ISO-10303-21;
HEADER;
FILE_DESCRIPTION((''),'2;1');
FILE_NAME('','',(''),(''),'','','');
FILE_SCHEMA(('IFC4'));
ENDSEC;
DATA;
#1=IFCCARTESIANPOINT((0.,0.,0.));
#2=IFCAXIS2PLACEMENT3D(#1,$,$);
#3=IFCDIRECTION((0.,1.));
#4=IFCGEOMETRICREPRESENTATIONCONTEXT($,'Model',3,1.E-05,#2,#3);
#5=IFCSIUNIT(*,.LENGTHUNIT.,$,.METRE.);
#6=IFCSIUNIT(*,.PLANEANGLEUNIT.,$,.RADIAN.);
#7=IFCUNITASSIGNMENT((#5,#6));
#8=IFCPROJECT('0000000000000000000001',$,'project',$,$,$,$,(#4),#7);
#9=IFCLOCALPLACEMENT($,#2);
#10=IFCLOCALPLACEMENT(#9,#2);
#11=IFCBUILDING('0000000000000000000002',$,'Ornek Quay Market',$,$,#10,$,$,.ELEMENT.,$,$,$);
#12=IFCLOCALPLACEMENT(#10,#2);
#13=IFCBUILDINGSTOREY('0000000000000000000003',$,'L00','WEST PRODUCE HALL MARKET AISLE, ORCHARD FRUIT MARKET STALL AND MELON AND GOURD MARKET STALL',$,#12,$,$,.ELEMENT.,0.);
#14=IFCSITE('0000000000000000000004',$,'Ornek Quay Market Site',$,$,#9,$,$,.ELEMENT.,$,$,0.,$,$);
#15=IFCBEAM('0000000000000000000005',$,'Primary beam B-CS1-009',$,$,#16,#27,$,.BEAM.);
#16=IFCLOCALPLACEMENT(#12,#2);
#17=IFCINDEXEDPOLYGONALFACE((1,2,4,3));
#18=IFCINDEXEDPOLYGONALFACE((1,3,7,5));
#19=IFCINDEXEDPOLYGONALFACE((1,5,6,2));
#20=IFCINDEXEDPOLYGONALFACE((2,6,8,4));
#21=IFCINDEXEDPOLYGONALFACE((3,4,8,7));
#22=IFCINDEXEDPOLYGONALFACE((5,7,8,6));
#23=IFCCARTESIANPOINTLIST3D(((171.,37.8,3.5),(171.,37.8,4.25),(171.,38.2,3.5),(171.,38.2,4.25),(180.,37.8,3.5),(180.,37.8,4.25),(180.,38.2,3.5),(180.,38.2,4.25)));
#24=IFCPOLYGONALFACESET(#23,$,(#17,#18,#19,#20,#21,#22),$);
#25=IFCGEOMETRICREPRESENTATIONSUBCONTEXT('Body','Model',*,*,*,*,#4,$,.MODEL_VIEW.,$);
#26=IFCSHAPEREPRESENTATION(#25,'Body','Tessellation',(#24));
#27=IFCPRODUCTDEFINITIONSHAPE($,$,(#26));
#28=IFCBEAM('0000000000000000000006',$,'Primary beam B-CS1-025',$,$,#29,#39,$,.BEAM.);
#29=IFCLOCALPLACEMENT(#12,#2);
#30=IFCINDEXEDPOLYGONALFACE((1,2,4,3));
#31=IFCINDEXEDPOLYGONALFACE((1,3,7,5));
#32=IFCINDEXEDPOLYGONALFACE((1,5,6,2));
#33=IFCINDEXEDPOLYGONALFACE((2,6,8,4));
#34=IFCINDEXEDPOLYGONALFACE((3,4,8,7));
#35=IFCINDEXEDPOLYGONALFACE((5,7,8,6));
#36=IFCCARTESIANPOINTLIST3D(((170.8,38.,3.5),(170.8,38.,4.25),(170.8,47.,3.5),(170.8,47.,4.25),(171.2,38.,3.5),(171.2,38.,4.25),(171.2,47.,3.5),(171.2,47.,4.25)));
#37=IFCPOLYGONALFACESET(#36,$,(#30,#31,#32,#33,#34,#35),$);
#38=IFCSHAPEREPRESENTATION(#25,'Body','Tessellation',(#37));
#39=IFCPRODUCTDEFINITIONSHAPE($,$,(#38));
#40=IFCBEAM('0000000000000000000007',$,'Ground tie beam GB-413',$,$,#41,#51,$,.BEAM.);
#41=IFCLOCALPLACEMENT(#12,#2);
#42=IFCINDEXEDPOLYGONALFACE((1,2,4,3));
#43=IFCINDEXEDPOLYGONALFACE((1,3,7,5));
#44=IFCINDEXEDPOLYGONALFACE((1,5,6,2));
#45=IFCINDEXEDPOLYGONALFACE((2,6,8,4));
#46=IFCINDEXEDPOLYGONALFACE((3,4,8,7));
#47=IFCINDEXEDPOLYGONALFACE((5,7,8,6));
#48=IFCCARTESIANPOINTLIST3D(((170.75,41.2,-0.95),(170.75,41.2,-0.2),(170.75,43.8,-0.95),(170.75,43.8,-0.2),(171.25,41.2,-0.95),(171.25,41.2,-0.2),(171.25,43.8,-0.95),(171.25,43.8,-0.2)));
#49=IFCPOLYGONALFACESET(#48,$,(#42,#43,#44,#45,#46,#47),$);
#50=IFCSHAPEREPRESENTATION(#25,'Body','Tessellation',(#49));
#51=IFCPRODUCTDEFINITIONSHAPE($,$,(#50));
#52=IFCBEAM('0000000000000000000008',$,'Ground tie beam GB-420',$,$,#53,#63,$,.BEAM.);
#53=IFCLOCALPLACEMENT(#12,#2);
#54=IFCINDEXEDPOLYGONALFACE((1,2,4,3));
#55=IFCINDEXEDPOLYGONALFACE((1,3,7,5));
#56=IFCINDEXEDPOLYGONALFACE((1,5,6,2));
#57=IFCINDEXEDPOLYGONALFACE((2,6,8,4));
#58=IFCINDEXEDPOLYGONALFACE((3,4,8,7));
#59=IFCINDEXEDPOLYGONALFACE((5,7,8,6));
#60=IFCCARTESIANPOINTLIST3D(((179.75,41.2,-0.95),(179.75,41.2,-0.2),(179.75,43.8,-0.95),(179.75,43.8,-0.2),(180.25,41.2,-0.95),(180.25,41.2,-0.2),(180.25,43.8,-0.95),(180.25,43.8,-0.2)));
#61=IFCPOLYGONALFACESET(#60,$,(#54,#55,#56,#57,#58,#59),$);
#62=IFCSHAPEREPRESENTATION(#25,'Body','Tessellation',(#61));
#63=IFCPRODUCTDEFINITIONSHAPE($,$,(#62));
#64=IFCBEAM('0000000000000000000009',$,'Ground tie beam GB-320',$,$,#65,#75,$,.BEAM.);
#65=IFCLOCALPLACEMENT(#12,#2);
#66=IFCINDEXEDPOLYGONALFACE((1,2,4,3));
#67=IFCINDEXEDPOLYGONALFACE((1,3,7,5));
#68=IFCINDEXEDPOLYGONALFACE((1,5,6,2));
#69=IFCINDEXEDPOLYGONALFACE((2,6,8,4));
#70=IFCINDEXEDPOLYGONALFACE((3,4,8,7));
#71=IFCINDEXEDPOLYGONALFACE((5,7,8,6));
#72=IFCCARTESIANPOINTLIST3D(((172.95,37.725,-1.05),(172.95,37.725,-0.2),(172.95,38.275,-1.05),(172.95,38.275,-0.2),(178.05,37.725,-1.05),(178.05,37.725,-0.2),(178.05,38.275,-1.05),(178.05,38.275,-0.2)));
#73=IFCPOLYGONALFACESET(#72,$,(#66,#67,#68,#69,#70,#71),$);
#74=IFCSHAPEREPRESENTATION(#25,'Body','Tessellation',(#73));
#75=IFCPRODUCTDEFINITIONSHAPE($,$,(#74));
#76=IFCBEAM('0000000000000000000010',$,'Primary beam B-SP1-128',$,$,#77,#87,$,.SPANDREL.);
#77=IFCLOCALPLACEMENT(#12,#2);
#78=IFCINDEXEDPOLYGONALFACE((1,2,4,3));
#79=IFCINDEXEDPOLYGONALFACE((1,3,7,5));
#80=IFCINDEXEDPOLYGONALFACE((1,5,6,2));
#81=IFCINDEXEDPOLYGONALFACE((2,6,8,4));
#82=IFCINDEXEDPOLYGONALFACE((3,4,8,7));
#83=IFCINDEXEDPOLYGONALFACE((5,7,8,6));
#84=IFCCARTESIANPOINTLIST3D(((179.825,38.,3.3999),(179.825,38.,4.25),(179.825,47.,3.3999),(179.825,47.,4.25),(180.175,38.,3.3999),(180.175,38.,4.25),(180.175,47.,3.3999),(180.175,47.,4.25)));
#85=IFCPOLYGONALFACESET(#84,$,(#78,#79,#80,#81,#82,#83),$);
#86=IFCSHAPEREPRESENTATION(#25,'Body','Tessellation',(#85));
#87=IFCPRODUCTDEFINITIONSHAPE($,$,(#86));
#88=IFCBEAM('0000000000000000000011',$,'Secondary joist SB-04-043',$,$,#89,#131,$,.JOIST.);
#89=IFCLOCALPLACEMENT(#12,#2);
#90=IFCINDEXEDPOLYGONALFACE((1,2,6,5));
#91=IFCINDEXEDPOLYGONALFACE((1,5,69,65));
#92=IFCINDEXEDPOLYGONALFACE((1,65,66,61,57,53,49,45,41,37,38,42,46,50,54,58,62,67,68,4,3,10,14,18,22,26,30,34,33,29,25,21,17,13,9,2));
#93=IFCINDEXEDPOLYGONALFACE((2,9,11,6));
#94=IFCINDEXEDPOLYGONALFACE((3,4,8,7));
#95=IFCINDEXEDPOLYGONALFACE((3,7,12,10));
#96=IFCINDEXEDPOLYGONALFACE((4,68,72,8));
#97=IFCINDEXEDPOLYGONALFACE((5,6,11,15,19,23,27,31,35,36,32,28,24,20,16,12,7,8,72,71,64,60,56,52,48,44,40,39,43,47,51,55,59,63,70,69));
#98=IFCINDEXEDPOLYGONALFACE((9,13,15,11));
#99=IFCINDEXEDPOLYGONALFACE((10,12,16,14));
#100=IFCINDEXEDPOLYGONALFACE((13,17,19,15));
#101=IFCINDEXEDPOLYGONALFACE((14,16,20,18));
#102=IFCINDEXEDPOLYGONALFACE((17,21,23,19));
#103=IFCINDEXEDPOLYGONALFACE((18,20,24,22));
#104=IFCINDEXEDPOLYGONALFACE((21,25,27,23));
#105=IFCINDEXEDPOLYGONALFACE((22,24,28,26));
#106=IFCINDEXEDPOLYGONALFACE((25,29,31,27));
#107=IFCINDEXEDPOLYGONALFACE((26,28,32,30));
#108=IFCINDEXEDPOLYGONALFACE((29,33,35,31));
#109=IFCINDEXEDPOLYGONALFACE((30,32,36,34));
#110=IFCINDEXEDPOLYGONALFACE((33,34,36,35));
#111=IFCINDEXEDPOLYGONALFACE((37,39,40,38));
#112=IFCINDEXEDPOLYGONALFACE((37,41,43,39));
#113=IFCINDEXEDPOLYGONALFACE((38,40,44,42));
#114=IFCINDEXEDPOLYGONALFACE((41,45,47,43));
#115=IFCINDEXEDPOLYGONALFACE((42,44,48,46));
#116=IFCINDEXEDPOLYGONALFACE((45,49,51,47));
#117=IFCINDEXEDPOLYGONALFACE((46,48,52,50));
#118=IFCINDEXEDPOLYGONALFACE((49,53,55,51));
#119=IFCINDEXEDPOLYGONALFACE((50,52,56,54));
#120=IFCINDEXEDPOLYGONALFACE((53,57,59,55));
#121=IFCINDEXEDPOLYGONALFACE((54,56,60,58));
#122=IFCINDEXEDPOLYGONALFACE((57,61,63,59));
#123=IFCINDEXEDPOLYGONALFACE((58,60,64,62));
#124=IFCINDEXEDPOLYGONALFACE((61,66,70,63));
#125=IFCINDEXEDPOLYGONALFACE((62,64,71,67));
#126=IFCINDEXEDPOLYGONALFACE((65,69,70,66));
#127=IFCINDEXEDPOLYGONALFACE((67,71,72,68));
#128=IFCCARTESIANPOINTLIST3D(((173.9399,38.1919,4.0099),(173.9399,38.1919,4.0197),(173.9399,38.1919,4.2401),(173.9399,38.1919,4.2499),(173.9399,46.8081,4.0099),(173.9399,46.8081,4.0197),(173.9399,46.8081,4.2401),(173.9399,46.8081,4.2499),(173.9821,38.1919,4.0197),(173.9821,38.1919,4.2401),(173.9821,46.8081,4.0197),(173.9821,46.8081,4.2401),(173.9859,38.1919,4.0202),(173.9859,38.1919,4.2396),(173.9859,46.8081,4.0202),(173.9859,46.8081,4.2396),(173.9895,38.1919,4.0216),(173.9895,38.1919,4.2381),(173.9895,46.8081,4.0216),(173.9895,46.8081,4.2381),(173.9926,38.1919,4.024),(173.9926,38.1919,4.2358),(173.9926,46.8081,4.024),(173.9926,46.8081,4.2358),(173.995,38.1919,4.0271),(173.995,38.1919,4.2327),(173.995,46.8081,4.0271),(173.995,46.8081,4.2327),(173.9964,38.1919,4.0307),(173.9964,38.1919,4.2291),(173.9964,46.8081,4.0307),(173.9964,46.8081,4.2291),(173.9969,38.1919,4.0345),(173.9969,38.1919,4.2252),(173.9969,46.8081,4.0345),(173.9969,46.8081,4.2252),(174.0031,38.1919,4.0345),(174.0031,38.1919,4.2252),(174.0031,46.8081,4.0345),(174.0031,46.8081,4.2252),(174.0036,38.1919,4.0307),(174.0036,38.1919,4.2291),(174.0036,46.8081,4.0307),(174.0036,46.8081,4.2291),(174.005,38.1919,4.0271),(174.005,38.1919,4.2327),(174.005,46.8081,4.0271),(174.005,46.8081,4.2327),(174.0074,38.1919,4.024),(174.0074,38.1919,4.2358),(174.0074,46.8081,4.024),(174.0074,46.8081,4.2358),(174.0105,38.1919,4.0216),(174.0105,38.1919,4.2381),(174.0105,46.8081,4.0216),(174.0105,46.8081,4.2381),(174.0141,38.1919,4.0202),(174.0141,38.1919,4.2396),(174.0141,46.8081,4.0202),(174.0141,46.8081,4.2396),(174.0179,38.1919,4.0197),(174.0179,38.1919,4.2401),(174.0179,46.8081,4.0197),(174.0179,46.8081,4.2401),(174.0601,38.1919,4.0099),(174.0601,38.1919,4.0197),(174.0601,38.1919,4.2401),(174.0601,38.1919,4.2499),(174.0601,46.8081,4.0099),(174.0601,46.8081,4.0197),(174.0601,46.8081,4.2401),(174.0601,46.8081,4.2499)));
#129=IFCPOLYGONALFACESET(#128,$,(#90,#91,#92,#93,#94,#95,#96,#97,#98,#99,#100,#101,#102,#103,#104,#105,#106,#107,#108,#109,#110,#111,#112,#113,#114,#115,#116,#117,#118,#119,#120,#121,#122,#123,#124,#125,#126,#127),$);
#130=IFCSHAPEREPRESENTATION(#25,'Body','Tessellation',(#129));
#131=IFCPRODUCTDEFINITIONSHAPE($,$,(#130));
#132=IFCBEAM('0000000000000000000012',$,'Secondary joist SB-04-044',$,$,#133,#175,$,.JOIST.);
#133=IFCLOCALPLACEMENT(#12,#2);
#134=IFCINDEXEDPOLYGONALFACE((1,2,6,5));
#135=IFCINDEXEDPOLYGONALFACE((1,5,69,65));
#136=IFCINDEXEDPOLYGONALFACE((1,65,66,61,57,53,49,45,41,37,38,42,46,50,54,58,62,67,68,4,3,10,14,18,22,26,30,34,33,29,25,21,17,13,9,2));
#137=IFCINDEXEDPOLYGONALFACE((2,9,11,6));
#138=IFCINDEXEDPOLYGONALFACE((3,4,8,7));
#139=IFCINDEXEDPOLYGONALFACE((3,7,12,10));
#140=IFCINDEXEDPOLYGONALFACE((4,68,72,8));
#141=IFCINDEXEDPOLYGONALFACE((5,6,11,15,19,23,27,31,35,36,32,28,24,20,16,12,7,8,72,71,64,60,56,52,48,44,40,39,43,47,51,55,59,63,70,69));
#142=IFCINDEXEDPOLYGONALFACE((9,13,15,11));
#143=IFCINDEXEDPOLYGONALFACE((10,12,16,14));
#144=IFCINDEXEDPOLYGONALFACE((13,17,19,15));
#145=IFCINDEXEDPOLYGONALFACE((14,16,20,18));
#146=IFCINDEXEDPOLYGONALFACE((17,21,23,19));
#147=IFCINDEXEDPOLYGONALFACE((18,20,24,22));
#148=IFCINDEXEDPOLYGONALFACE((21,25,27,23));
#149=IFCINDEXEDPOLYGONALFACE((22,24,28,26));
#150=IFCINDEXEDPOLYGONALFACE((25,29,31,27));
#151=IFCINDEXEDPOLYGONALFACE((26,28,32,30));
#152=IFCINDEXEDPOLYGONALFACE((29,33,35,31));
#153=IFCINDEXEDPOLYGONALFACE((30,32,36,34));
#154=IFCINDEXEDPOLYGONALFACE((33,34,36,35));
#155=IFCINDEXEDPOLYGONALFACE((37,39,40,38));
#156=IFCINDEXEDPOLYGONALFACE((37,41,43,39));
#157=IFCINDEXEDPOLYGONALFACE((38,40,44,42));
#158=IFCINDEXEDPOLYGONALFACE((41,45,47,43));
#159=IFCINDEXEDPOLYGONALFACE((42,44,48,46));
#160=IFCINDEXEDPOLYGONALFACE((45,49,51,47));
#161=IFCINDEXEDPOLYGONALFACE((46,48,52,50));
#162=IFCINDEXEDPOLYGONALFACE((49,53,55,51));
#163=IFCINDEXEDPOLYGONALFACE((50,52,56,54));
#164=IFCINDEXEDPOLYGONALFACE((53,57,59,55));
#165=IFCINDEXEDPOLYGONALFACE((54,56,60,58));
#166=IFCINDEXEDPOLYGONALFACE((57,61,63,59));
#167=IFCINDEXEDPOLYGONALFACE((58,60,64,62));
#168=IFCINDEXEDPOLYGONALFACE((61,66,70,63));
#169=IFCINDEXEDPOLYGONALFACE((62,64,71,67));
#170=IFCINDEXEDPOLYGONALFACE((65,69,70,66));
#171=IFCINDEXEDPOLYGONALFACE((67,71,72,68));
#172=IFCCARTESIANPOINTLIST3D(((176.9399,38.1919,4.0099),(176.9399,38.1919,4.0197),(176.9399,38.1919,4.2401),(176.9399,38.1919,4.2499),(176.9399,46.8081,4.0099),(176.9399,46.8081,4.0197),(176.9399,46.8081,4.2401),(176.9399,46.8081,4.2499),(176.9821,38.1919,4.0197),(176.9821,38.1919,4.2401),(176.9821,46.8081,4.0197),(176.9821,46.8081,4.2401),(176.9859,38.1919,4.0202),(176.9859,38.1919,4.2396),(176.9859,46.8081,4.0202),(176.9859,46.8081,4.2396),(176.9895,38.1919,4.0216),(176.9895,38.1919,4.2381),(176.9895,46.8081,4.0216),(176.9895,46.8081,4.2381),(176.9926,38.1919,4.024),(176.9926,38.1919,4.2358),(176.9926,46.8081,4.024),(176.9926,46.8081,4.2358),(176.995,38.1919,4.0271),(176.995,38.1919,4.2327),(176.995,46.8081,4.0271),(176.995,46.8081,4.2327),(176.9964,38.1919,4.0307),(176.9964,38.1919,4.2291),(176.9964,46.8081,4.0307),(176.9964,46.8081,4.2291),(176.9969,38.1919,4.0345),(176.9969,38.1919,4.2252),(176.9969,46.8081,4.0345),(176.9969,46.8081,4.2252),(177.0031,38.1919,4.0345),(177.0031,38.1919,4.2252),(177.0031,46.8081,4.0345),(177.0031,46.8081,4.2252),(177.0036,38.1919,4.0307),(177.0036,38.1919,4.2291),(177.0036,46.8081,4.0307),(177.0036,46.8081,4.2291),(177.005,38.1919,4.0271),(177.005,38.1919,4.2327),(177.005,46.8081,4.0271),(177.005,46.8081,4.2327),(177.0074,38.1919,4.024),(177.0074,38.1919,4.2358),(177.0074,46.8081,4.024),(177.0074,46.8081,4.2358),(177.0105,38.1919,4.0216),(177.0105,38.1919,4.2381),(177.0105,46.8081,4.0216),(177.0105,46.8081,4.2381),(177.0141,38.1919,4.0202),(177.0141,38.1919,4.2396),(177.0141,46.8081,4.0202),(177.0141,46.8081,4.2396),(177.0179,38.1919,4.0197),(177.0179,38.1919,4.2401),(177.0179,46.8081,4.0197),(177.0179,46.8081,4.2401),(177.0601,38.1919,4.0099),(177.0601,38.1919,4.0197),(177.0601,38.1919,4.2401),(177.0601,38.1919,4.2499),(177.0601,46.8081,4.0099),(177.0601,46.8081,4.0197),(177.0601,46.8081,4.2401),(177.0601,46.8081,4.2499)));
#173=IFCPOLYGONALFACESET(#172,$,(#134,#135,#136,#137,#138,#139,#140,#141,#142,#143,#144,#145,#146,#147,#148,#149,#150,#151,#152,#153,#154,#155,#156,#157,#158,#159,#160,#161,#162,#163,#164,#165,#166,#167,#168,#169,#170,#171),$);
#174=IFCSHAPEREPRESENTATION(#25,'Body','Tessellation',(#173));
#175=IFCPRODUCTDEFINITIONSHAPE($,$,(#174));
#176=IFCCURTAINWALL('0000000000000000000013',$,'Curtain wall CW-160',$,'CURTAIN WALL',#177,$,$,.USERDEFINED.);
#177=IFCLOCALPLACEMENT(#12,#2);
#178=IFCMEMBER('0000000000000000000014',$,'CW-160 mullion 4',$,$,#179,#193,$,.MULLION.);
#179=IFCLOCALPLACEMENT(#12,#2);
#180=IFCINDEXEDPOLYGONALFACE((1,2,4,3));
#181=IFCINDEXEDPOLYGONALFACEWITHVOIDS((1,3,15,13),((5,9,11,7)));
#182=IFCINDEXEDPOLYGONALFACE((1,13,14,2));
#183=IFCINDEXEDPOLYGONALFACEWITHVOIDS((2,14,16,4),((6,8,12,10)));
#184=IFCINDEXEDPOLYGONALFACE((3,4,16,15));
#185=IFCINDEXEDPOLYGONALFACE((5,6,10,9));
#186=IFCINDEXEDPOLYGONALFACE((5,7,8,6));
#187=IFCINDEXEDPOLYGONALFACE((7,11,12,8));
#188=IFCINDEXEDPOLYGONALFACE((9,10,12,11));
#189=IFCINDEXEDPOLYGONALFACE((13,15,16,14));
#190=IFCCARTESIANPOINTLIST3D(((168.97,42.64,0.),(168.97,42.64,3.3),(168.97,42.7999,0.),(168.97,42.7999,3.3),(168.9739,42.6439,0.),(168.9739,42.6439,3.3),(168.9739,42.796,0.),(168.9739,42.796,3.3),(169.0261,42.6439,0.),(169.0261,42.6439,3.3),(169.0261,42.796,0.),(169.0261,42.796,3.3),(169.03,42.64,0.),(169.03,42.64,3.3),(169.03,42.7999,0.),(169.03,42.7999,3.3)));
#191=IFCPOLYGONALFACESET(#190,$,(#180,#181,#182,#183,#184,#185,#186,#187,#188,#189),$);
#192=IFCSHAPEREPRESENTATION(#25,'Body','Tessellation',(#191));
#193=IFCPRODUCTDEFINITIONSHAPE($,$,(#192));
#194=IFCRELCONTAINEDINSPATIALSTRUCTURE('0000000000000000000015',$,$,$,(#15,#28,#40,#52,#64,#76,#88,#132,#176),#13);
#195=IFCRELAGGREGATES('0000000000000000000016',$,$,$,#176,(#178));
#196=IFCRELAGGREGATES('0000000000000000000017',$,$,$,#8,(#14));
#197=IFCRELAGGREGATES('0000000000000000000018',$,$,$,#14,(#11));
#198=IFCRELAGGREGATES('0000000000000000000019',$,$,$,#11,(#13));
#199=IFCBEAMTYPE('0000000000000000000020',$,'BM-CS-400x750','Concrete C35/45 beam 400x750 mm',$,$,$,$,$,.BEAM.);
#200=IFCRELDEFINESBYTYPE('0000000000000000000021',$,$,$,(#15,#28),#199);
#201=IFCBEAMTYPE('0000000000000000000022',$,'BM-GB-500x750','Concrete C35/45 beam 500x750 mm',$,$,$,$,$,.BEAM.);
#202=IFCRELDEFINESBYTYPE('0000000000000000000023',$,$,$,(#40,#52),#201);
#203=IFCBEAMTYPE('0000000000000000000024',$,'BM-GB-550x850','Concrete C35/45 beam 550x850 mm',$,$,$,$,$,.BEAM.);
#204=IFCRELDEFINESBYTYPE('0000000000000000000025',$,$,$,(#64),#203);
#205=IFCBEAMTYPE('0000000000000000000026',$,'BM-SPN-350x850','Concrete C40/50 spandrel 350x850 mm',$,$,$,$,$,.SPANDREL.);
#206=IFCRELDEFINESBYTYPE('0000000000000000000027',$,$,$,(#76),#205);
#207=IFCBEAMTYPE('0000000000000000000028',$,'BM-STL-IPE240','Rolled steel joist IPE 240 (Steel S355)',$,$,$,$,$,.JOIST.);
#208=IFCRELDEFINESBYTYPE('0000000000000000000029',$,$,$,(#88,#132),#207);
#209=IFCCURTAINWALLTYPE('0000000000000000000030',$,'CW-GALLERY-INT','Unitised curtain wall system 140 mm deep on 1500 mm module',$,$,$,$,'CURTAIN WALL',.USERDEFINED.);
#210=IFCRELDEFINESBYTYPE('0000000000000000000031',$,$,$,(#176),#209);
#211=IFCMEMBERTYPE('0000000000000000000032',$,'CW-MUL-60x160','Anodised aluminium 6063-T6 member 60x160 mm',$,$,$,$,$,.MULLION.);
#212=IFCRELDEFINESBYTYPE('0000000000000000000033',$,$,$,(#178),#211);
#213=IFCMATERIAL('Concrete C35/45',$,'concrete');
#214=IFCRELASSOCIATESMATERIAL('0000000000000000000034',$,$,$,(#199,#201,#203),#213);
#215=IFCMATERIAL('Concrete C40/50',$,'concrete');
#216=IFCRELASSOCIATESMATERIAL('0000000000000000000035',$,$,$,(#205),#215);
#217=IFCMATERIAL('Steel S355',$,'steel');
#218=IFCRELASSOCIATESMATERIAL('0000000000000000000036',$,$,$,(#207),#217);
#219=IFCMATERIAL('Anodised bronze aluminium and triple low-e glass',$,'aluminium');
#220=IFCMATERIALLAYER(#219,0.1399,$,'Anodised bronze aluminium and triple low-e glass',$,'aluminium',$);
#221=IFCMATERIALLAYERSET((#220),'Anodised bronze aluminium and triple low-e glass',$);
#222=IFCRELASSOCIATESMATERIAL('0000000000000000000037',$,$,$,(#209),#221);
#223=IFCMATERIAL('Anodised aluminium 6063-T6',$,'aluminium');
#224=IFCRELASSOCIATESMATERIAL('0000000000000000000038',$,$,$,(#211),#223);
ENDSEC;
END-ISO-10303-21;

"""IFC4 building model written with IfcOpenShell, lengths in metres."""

from ifc_helpers import new_model, si_unit, direction, frame, origin, origin_2d, place, context, subcontext, project, spatial, rectangle, hollow_rectangle, i_section, extrude, material, layer, layer_set, material_profile, profile_set, type_object, element, aggregate, save


model = new_model("IFC4")

# Units and contexts
model_context = context("Model", 3, precision=1e-05, world=origin(), true_north=direction((0.0, 1.0)))
body_context = subcontext(model_context, "Body", "Model", "MODEL_VIEW")
ifc_project = project(units=[si_unit("LENGTHUNIT", "METRE"), si_unit("PLANEANGLEUNIT", "RADIAN")], contexts=[model_context])

# Site, building, storey
site_placement = place(None, origin())
site = spatial("IfcSite", under=ifc_project, at=site_placement, Name="Ornek Quay Market Site", CompositionType="ELEMENT", RefElevation=0.0)
building_placement = place(site_placement, origin())
building = spatial("IfcBuilding", under=site, at=building_placement, Name="Ornek Quay Market", CompositionType="ELEMENT")
storey_placement = place(building_placement, origin())
storey = spatial("IfcBuildingStorey", under=building, at=storey_placement, Name="L00", Description="WEST PRODUCE HALL MARKET AISLE, ORCHARD FRUIT MARKET STALL AND MELON AND GOURD MARKET STALL", CompositionType="ELEMENT", Elevation=0.0)

# Shared definitions
ifc_material_1 = material(Name="Concrete C35/45", Category="concrete")

# Shared definitions
ifc_material_2 = material(Name="Concrete C40/50", Category="concrete")

# Beams
ifc_material_profile_1 = material_profile(ifc_material_1, rectangle(XDim=0.3999, YDim=0.75, at=origin_2d()), Name="RC 400x750", Category="concrete")
ifc_profile_set_1 = profile_set([ifc_material_profile_1], Name="Concrete C35/45")
beam_type_1 = type_object("IfcBeamType", Name="BM-CS-400x750", Description="Concrete C35/45 beam 400x750 mm", PredefinedType="BEAM", material=ifc_profile_set_1)
for number, where, z_axis, x_axis, name in (
    (1, (171.0, 38.0, 3.875), (1.0, 0.0, 0.0), (0.0, 1.0, 0.0), "Primary beam B-CS1-009"),
    (2, (171.0, 38.0, 3.875), (0.0, 1.0, 0.0), (-1.0, 0.0, 0.0), "Primary beam B-CS1-025"),
):
    element("IfcBeam", number, at=place(storey_placement, frame(where, z_axis=z_axis, x_axis=x_axis)), inside=storey, type_object=beam_type_1, Name=name, PredefinedType="BEAM", context=body_context, shape_type="SweptSolid", body=[
        extrude(rectangle(XDim=0.3999, YDim=0.75, at=origin_2d()), origin(), (0.0, 0.0, 1.0), 9.0),
    ])
ifc_material_profile_2 = material_profile(ifc_material_1, rectangle(XDim=0.5, YDim=0.75, at=origin_2d()), Name="RC 500x750", Category="concrete")
ifc_profile_set_2 = profile_set([ifc_material_profile_2], Name="Concrete C35/45")
beam_type_2 = type_object("IfcBeamType", Name="BM-GB-500x750", Description="Concrete C35/45 beam 500x750 mm", PredefinedType="BEAM", material=ifc_profile_set_2)
for number, where, z_axis, x_axis, name in (
    (3, (171.0, 41.2, -0.575), (0.0, 1.0, 0.0), (-1.0, 0.0, 0.0), "Ground tie beam GB-413"),
    (4, (180.0, 41.2, -0.575), (0.0, 1.0, 0.0), (-1.0, 0.0, 0.0), "Ground tie beam GB-420"),
):
    element("IfcBeam", number, at=place(storey_placement, frame(where, z_axis=z_axis, x_axis=x_axis)), inside=storey, type_object=beam_type_2, Name=name, PredefinedType="BEAM", context=body_context, shape_type="SweptSolid", body=[
        extrude(rectangle(XDim=0.5, YDim=0.75, at=origin_2d()), origin(), (0.0, 0.0, 1.0), 2.6001),
    ])
ifc_material_profile_3 = material_profile(ifc_material_1, rectangle(XDim=0.55, YDim=0.8501, at=origin_2d()), Name="RC 550x850", Category="concrete")
ifc_profile_set_3 = profile_set([ifc_material_profile_3], Name="Concrete C35/45")
beam_type_3 = type_object("IfcBeamType", Name="BM-GB-550x850", Description="Concrete C35/45 beam 550x850 mm", PredefinedType="BEAM", material=ifc_profile_set_3)
beam_1_placement = place(storey_placement, frame((172.95, 38.0, -0.625), z_axis=(1.0, 0.0, 0.0), x_axis=(0.0, 1.0, 0.0)))
element("IfcBeam", 5, at=beam_1_placement, inside=storey, type_object=beam_type_3, Name="Ground tie beam GB-320", PredefinedType="BEAM", context=body_context, shape_type="SweptSolid", body=[
    extrude(rectangle(XDim=0.55, YDim=0.8501, at=origin_2d()), origin(), (0.0, 0.0, 1.0), 5.1001),
])
ifc_material_profile_4 = material_profile(ifc_material_2, rectangle(XDim=0.3501, YDim=0.8501, at=origin_2d()), Name="RC 350x850", Category="concrete")
ifc_profile_set_4 = profile_set([ifc_material_profile_4], Name="Concrete C40/50")
beam_type_4 = type_object("IfcBeamType", Name="BM-SPN-350x850", Description="Concrete C40/50 spandrel 350x850 mm", PredefinedType="SPANDREL", material=ifc_profile_set_4)
beam_2_placement = place(storey_placement, frame((180.0, 38.0, 3.825), z_axis=(0.0, 1.0, 0.0), x_axis=(-1.0, 0.0, 0.0)))
element("IfcBeam", 6, at=beam_2_placement, inside=storey, type_object=beam_type_4, Name="Primary beam B-SP1-128", PredefinedType="SPANDREL", context=body_context, shape_type="SweptSolid", body=[
    extrude(rectangle(XDim=0.3501, YDim=0.8501, at=origin_2d()), origin(), (0.0, 0.0, 1.0), 9.0),
])
ifc_material_3 = material(Name="Steel S355", Category="steel")
ifc_material_profile_5 = material_profile(ifc_material_3, i_section(OverallWidth=0.1201, OverallDepth=0.24, WebThickness=0.0061, FlangeThickness=0.0098, FilletRadius=0.0149, at=origin_2d()), Name="IPE 240", Category="steel")
ifc_profile_set_5 = profile_set([ifc_material_profile_5], Name="Steel S355")
beam_type_5 = type_object("IfcBeamType", Name="BM-STL-IPE240", Description="Rolled steel joist IPE 240 (Steel S355)", PredefinedType="JOIST", material=ifc_profile_set_5)
for number, where, z_axis, x_axis, name in (
    (7, (174.0, 38.1919, 4.1299), (0.0, 1.0, 0.0), (-1.0, 0.0, 0.0), "Secondary joist SB-04-043"),
    (8, (177.0, 38.1919, 4.1299), (0.0, 1.0, 0.0), (-1.0, 0.0, 0.0), "Secondary joist SB-04-044"),
):
    element("IfcBeam", number, at=place(storey_placement, frame(where, z_axis=z_axis, x_axis=x_axis)), inside=storey, type_object=beam_type_5, Name=name, PredefinedType="JOIST", context=body_context, shape_type="SweptSolid", body=[
        extrude(i_section(OverallWidth=0.1201, OverallDepth=0.24, WebThickness=0.0061, FlangeThickness=0.0098, FilletRadius=0.0149, at=origin_2d()), origin(), (0.0, 0.0, 1.0), 8.6162),
    ])

# Curtain wall, member
ifc_material_4 = material(Name="Anodised bronze aluminium and triple low-e glass", Category="aluminium")
ifc_layer_1 = layer(ifc_material_4, 0.1399, Name="Anodised bronze aluminium and triple low-e glass", Category="aluminium")
ifc_layer_set_1 = layer_set([ifc_layer_1], Name="Anodised bronze aluminium and triple low-e glass")
curtain_wall_type = type_object("IfcCurtainWallType", Name="CW-GALLERY-INT", Description="Unitised curtain wall system 140 mm deep on 1500 mm module", ElementType="CURTAIN WALL", PredefinedType="USERDEFINED", material=ifc_layer_set_1)
curtain_wall_placement = place(storey_placement, origin())
curtain_wall = element("IfcCurtainWall", 9, at=curtain_wall_placement, inside=storey, type_object=curtain_wall_type, Name="Curtain wall CW-160", ObjectType="CURTAIN WALL", PredefinedType="USERDEFINED")
ifc_material_5 = material(Name="Anodised aluminium 6063-T6", Category="aluminium")
ifc_material_profile_6 = material_profile(ifc_material_5, hollow_rectangle(XDim=0.0601, YDim=0.1599, WallThickness=0.0039, at=origin_2d()), Name="CW-MUL-60x160", Category="aluminium")
ifc_profile_set_6 = profile_set([ifc_material_profile_6], Name="Anodised aluminium 6063-T6")
member_type_1 = type_object("IfcMemberType", Name="CW-MUL-60x160", Description="Anodised aluminium 6063-T6 member 60x160 mm", PredefinedType="MULLION", material=ifc_profile_set_6)
member_1_placement = place(storey_placement, frame((169.0, 42.72, 0.0), z_axis=(0.0, 0.0, 1.0), x_axis=(-1.0, 0.0, 0.0)))
member_1 = element("IfcMember", 10, at=member_1_placement, type_object=member_type_1, Name="CW-160 mullion 4", PredefinedType="MULLION", context=body_context, shape_type="SweptSolid", body=[
    extrude(hollow_rectangle(XDim=0.0601, YDim=0.1599, WallThickness=0.0039, at=origin_2d()), origin(), (0.0, 0.0, 1.0), 3.3),
])
aggregate(curtain_wall, [member_1])

save(model, "model.ifc")
